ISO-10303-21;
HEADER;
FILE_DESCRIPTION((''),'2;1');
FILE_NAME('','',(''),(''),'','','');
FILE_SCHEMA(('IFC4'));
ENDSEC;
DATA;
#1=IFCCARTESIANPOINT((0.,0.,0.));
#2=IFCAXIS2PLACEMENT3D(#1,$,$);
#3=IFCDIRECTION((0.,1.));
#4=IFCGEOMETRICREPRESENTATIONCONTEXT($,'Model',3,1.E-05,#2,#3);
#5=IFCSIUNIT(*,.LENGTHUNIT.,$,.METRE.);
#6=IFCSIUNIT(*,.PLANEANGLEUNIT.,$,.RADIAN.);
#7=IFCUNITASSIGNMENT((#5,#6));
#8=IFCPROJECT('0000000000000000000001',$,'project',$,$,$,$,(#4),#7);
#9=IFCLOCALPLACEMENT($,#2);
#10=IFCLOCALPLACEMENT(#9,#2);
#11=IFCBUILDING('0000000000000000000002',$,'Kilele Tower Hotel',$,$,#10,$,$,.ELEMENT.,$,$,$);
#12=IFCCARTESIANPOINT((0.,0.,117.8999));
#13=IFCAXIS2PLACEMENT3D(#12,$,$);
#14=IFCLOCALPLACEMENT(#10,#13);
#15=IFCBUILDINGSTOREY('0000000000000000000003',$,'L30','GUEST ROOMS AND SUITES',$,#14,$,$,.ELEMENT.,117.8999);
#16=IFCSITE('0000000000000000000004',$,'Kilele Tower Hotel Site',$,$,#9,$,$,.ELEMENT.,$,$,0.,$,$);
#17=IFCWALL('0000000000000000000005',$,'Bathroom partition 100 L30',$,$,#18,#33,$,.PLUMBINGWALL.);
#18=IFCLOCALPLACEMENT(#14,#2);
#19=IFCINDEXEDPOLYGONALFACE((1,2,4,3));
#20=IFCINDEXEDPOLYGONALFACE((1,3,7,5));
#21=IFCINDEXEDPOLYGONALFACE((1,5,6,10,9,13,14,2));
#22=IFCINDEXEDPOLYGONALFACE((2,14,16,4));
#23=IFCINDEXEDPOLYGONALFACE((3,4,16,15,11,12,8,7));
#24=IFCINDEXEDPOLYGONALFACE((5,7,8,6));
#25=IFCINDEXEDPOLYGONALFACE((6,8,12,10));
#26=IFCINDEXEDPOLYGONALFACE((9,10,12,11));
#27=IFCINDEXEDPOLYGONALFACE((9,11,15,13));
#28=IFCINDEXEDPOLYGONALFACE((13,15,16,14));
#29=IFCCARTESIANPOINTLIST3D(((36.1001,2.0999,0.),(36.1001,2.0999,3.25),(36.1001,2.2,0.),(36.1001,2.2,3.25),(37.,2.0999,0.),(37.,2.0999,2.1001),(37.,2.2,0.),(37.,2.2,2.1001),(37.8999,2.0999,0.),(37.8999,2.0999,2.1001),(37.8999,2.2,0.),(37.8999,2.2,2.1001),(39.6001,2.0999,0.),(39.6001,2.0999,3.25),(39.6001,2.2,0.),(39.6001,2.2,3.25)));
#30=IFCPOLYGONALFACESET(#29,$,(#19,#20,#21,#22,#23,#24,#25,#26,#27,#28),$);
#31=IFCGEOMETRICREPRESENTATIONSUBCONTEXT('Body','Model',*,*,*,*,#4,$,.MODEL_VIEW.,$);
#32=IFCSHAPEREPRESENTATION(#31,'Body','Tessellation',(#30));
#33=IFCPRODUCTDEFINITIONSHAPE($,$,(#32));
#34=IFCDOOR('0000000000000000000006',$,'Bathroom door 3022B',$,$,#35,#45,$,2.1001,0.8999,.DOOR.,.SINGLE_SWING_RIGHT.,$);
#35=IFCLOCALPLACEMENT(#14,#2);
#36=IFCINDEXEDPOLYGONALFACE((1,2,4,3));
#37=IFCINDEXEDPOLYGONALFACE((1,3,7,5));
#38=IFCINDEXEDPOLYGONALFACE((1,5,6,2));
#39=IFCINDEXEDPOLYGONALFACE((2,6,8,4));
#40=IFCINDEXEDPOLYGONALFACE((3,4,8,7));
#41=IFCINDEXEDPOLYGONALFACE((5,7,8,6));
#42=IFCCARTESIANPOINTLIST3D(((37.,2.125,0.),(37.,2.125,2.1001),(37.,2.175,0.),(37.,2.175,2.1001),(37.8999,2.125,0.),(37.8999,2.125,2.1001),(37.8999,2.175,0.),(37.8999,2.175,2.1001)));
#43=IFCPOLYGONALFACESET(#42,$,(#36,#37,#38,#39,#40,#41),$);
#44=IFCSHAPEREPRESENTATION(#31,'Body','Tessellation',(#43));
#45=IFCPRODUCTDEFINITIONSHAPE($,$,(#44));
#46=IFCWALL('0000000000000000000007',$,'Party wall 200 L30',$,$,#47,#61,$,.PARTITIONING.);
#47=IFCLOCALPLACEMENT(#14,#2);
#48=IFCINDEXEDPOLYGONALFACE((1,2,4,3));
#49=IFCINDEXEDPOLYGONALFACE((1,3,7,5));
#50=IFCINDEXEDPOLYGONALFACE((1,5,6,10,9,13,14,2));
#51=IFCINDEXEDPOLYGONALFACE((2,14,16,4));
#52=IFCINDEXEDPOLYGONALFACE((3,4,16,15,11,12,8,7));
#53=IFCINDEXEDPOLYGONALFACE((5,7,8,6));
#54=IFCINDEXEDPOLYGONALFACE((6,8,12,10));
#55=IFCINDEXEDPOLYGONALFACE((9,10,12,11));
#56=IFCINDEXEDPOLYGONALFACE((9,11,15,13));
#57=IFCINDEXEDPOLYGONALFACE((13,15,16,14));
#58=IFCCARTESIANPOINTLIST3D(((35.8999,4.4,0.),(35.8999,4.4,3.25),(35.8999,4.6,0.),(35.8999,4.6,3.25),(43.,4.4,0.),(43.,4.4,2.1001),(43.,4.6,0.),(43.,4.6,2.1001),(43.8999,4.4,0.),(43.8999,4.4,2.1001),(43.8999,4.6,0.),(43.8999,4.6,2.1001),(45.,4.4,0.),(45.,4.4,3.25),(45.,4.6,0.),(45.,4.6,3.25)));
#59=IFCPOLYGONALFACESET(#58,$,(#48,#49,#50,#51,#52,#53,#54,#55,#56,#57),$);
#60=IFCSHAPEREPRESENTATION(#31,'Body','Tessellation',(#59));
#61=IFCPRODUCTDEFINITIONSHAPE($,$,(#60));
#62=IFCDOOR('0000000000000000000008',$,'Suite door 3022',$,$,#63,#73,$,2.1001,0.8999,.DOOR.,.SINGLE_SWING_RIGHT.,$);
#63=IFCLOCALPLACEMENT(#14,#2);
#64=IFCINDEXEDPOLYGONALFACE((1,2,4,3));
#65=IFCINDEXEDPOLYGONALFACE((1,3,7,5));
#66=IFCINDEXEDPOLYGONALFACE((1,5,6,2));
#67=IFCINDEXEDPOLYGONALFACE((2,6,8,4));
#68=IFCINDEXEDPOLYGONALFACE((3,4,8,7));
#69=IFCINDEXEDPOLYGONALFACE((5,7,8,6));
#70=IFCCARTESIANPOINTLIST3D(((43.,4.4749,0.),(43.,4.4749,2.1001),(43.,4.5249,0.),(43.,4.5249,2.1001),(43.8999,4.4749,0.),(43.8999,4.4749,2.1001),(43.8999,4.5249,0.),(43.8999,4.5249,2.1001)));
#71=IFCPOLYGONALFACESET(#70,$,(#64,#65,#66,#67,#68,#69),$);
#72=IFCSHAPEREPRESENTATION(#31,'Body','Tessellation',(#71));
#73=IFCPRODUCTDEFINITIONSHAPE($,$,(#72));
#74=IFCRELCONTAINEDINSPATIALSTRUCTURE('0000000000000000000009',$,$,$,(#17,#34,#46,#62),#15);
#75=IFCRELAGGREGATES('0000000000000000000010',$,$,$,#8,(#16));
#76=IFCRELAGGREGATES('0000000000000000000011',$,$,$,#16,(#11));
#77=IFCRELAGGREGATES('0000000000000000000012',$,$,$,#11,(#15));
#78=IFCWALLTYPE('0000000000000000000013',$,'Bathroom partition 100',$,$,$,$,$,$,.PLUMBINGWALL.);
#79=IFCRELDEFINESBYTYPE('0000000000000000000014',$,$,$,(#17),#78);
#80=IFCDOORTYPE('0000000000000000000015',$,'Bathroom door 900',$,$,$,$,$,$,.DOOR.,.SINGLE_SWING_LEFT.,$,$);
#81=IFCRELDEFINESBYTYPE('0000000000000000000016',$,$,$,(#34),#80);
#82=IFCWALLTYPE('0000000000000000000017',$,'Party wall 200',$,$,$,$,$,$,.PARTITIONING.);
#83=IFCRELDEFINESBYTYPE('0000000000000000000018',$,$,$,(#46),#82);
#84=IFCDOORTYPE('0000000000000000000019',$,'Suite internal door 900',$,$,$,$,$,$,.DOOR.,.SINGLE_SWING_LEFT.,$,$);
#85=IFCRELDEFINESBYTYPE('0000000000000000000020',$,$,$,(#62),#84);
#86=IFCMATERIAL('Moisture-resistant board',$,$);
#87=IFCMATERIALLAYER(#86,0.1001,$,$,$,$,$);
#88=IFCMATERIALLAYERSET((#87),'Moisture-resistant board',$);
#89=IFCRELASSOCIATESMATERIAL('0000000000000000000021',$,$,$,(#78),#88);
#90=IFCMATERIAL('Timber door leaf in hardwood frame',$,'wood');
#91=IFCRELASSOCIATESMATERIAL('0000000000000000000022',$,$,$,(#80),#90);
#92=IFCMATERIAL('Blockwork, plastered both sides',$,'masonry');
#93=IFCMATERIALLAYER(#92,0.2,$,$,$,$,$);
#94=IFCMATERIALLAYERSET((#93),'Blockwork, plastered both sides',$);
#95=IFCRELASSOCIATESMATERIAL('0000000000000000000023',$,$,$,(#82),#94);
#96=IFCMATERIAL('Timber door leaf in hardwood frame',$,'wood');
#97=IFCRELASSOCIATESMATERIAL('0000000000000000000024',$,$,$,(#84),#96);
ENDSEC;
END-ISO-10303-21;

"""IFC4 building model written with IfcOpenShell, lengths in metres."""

from ifc_helpers import new_model, si_unit, direction, frame, frame_2d, origin, place, context, subcontext, project, spatial, rectangle, extrude, material, layer, layer_set, type_object, element, fill, save


model = new_model("IFC4")

# Units and contexts
model_context = context("Model", 3, precision=1e-05, world=origin(), true_north=direction((0.0, 1.0)))
body_context = subcontext(model_context, "Body", "Model", "MODEL_VIEW")
ifc_project = project(units=[si_unit("LENGTHUNIT", "METRE"), si_unit("PLANEANGLEUNIT", "RADIAN")], contexts=[model_context])

# Site, building, storey
site_placement = place(None, origin())
site = spatial("IfcSite", under=ifc_project, at=site_placement, Name="Kilele Tower Hotel Site", CompositionType="ELEMENT", RefElevation=0.0)
building_placement = place(site_placement, origin())
building = spatial("IfcBuilding", under=site, at=building_placement, Name="Kilele Tower Hotel", CompositionType="ELEMENT")
storey_placement = place(building_placement, frame((0.0, 0.0, 117.8999)))
storey = spatial("IfcBuildingStorey", under=building, at=storey_placement, Name="L30", Description="GUEST ROOMS AND SUITES", CompositionType="ELEMENT", Elevation=117.8999)

# Shared definitions
ifc_material_1 = material(Name="Moisture-resistant board")
ifc_layer_1 = layer(ifc_material_1, 0.1001)
ifc_layer_set_1 = layer_set([ifc_layer_1], Name="Moisture-resistant board")
wall_type_1 = type_object("IfcWallType", Name="Bathroom partition 100", PredefinedType="PLUMBINGWALL", material=ifc_layer_set_1)

# Walls, openings, doors
ifc_material_2 = material(Name="Timber door leaf in hardwood frame", Category="wood")
door_type_1 = type_object("IfcDoorType", Name="Bathroom door 900", OperationType="SINGLE_SWING_LEFT", PredefinedType="DOOR", material=ifc_material_2)
wall_1_placement = place(storey_placement, frame((36.1001, 2.1499, 0.0), z_axis=(0.0, 0.0, 1.0), x_axis=(1.0, 0.0, 0.0)))
wall_1 = element("IfcWall", 1, at=wall_1_placement, inside=storey, type_object=wall_type_1, Name="Bathroom partition 100 L30", PredefinedType="PLUMBINGWALL", context=body_context, shape_type="SweptSolid", body=[
    extrude(rectangle(XDim=3.5, YDim=0.1001, at=frame_2d((1.75, 0.0))), origin(), (0.0, 0.0, 1.0), 3.25),
])
opening_1_placement = place(wall_1_placement, frame((1.7998, 0.0, 0.0), z_axis=(0.0, 0.0, 1.0), x_axis=(-1.0, 0.0, 0.0)))
opening_1 = element("IfcOpeningElement", 2, at=opening_1_placement, cuts=wall_1, PredefinedType="OPENING", context=body_context, shape_type="SweptSolid", body=[
    extrude(rectangle(XDim=0.8999, YDim=2.1001, at=frame_2d((0.45, 1.05))), frame((0.0, 0.0601, 0.0), z_axis=(0.0, -1.0, 0.0), x_axis=(1.0, 0.0, 0.0)), (0.0, 0.0, 1.0), 0.1201),
])
door_1_placement = place(opening_1_placement, origin())
door_1 = element("IfcDoor", 3, at=door_1_placement, inside=storey, type_object=door_type_1, Name="Bathroom door 3022B", OperationType="SINGLE_SWING_RIGHT", OverallHeight=2.1001, OverallWidth=0.8999, PredefinedType="DOOR", context=body_context, shape_type="SweptSolid", body=[
    extrude(rectangle(XDim=0.8999, YDim=2.1001, at=frame_2d((0.45, 1.05))), frame((0.0, 0.0249, 0.0), z_axis=(0.0, -1.0, 0.0), x_axis=(1.0, 0.0, 0.0)), (0.0, 0.0, 1.0), 0.05),
])
fill(opening_1, door_1)
ifc_material_3 = material(Name="Blockwork, plastered both sides", Category="masonry")
ifc_layer_2 = layer(ifc_material_3, 0.2)
ifc_layer_set_2 = layer_set([ifc_layer_2], Name="Blockwork, plastered both sides")
wall_type_2 = type_object("IfcWallType", Name="Party wall 200", PredefinedType="PARTITIONING", material=ifc_layer_set_2)
wall_2_placement = place(storey_placement, frame((35.8999, 4.5, 0.0), z_axis=(0.0, 0.0, 1.0), x_axis=(1.0, 0.0, 0.0)))
wall_2 = element("IfcWall", 4, at=wall_2_placement, inside=storey, type_object=wall_type_2, Name="Party wall 200 L30", PredefinedType="PARTITIONING", context=body_context, shape_type="SweptSolid", body=[
    extrude(rectangle(XDim=9.1001, YDim=0.2, at=frame_2d((4.55, 0.0))), origin(), (0.0, 0.0, 1.0), 3.25),
])
opening_2_placement = place(wall_2_placement, frame((7.1001, 0.0, 0.0)))
opening_2 = element("IfcOpeningElement", 5, at=opening_2_placement, cuts=wall_2, PredefinedType="OPENING", context=body_context, shape_type="SweptSolid", body=[
    extrude(rectangle(XDim=0.8999, YDim=2.1001, at=frame_2d((0.45, 1.05))), frame((0.0, 0.1099, 0.0), z_axis=(0.0, -1.0, 0.0), x_axis=(1.0, 0.0, 0.0)), (0.0, 0.0, 1.0), 0.22),
])
ifc_material_4 = material(Name="Timber door leaf in hardwood frame", Category="wood")
door_type_2 = type_object("IfcDoorType", Name="Suite internal door 900", OperationType="SINGLE_SWING_LEFT", PredefinedType="DOOR", material=ifc_material_4)
door_2_placement = place(opening_2_placement, origin())
door_2 = element("IfcDoor", 6, at=door_2_placement, inside=storey, type_object=door_type_2, Name="Suite door 3022", OperationType="SINGLE_SWING_RIGHT", OverallHeight=2.1001, OverallWidth=0.8999, PredefinedType="DOOR", context=body_context, shape_type="SweptSolid", body=[
    extrude(rectangle(XDim=0.8999, YDim=2.1001, at=frame_2d((0.45, 1.05))), frame((0.0, 0.0249, 0.0), z_axis=(0.0, -1.0, 0.0), x_axis=(1.0, 0.0, 0.0)), (0.0, 0.0, 1.0), 0.05),
])
fill(opening_2, door_2)

save(model, "model.ifc")
